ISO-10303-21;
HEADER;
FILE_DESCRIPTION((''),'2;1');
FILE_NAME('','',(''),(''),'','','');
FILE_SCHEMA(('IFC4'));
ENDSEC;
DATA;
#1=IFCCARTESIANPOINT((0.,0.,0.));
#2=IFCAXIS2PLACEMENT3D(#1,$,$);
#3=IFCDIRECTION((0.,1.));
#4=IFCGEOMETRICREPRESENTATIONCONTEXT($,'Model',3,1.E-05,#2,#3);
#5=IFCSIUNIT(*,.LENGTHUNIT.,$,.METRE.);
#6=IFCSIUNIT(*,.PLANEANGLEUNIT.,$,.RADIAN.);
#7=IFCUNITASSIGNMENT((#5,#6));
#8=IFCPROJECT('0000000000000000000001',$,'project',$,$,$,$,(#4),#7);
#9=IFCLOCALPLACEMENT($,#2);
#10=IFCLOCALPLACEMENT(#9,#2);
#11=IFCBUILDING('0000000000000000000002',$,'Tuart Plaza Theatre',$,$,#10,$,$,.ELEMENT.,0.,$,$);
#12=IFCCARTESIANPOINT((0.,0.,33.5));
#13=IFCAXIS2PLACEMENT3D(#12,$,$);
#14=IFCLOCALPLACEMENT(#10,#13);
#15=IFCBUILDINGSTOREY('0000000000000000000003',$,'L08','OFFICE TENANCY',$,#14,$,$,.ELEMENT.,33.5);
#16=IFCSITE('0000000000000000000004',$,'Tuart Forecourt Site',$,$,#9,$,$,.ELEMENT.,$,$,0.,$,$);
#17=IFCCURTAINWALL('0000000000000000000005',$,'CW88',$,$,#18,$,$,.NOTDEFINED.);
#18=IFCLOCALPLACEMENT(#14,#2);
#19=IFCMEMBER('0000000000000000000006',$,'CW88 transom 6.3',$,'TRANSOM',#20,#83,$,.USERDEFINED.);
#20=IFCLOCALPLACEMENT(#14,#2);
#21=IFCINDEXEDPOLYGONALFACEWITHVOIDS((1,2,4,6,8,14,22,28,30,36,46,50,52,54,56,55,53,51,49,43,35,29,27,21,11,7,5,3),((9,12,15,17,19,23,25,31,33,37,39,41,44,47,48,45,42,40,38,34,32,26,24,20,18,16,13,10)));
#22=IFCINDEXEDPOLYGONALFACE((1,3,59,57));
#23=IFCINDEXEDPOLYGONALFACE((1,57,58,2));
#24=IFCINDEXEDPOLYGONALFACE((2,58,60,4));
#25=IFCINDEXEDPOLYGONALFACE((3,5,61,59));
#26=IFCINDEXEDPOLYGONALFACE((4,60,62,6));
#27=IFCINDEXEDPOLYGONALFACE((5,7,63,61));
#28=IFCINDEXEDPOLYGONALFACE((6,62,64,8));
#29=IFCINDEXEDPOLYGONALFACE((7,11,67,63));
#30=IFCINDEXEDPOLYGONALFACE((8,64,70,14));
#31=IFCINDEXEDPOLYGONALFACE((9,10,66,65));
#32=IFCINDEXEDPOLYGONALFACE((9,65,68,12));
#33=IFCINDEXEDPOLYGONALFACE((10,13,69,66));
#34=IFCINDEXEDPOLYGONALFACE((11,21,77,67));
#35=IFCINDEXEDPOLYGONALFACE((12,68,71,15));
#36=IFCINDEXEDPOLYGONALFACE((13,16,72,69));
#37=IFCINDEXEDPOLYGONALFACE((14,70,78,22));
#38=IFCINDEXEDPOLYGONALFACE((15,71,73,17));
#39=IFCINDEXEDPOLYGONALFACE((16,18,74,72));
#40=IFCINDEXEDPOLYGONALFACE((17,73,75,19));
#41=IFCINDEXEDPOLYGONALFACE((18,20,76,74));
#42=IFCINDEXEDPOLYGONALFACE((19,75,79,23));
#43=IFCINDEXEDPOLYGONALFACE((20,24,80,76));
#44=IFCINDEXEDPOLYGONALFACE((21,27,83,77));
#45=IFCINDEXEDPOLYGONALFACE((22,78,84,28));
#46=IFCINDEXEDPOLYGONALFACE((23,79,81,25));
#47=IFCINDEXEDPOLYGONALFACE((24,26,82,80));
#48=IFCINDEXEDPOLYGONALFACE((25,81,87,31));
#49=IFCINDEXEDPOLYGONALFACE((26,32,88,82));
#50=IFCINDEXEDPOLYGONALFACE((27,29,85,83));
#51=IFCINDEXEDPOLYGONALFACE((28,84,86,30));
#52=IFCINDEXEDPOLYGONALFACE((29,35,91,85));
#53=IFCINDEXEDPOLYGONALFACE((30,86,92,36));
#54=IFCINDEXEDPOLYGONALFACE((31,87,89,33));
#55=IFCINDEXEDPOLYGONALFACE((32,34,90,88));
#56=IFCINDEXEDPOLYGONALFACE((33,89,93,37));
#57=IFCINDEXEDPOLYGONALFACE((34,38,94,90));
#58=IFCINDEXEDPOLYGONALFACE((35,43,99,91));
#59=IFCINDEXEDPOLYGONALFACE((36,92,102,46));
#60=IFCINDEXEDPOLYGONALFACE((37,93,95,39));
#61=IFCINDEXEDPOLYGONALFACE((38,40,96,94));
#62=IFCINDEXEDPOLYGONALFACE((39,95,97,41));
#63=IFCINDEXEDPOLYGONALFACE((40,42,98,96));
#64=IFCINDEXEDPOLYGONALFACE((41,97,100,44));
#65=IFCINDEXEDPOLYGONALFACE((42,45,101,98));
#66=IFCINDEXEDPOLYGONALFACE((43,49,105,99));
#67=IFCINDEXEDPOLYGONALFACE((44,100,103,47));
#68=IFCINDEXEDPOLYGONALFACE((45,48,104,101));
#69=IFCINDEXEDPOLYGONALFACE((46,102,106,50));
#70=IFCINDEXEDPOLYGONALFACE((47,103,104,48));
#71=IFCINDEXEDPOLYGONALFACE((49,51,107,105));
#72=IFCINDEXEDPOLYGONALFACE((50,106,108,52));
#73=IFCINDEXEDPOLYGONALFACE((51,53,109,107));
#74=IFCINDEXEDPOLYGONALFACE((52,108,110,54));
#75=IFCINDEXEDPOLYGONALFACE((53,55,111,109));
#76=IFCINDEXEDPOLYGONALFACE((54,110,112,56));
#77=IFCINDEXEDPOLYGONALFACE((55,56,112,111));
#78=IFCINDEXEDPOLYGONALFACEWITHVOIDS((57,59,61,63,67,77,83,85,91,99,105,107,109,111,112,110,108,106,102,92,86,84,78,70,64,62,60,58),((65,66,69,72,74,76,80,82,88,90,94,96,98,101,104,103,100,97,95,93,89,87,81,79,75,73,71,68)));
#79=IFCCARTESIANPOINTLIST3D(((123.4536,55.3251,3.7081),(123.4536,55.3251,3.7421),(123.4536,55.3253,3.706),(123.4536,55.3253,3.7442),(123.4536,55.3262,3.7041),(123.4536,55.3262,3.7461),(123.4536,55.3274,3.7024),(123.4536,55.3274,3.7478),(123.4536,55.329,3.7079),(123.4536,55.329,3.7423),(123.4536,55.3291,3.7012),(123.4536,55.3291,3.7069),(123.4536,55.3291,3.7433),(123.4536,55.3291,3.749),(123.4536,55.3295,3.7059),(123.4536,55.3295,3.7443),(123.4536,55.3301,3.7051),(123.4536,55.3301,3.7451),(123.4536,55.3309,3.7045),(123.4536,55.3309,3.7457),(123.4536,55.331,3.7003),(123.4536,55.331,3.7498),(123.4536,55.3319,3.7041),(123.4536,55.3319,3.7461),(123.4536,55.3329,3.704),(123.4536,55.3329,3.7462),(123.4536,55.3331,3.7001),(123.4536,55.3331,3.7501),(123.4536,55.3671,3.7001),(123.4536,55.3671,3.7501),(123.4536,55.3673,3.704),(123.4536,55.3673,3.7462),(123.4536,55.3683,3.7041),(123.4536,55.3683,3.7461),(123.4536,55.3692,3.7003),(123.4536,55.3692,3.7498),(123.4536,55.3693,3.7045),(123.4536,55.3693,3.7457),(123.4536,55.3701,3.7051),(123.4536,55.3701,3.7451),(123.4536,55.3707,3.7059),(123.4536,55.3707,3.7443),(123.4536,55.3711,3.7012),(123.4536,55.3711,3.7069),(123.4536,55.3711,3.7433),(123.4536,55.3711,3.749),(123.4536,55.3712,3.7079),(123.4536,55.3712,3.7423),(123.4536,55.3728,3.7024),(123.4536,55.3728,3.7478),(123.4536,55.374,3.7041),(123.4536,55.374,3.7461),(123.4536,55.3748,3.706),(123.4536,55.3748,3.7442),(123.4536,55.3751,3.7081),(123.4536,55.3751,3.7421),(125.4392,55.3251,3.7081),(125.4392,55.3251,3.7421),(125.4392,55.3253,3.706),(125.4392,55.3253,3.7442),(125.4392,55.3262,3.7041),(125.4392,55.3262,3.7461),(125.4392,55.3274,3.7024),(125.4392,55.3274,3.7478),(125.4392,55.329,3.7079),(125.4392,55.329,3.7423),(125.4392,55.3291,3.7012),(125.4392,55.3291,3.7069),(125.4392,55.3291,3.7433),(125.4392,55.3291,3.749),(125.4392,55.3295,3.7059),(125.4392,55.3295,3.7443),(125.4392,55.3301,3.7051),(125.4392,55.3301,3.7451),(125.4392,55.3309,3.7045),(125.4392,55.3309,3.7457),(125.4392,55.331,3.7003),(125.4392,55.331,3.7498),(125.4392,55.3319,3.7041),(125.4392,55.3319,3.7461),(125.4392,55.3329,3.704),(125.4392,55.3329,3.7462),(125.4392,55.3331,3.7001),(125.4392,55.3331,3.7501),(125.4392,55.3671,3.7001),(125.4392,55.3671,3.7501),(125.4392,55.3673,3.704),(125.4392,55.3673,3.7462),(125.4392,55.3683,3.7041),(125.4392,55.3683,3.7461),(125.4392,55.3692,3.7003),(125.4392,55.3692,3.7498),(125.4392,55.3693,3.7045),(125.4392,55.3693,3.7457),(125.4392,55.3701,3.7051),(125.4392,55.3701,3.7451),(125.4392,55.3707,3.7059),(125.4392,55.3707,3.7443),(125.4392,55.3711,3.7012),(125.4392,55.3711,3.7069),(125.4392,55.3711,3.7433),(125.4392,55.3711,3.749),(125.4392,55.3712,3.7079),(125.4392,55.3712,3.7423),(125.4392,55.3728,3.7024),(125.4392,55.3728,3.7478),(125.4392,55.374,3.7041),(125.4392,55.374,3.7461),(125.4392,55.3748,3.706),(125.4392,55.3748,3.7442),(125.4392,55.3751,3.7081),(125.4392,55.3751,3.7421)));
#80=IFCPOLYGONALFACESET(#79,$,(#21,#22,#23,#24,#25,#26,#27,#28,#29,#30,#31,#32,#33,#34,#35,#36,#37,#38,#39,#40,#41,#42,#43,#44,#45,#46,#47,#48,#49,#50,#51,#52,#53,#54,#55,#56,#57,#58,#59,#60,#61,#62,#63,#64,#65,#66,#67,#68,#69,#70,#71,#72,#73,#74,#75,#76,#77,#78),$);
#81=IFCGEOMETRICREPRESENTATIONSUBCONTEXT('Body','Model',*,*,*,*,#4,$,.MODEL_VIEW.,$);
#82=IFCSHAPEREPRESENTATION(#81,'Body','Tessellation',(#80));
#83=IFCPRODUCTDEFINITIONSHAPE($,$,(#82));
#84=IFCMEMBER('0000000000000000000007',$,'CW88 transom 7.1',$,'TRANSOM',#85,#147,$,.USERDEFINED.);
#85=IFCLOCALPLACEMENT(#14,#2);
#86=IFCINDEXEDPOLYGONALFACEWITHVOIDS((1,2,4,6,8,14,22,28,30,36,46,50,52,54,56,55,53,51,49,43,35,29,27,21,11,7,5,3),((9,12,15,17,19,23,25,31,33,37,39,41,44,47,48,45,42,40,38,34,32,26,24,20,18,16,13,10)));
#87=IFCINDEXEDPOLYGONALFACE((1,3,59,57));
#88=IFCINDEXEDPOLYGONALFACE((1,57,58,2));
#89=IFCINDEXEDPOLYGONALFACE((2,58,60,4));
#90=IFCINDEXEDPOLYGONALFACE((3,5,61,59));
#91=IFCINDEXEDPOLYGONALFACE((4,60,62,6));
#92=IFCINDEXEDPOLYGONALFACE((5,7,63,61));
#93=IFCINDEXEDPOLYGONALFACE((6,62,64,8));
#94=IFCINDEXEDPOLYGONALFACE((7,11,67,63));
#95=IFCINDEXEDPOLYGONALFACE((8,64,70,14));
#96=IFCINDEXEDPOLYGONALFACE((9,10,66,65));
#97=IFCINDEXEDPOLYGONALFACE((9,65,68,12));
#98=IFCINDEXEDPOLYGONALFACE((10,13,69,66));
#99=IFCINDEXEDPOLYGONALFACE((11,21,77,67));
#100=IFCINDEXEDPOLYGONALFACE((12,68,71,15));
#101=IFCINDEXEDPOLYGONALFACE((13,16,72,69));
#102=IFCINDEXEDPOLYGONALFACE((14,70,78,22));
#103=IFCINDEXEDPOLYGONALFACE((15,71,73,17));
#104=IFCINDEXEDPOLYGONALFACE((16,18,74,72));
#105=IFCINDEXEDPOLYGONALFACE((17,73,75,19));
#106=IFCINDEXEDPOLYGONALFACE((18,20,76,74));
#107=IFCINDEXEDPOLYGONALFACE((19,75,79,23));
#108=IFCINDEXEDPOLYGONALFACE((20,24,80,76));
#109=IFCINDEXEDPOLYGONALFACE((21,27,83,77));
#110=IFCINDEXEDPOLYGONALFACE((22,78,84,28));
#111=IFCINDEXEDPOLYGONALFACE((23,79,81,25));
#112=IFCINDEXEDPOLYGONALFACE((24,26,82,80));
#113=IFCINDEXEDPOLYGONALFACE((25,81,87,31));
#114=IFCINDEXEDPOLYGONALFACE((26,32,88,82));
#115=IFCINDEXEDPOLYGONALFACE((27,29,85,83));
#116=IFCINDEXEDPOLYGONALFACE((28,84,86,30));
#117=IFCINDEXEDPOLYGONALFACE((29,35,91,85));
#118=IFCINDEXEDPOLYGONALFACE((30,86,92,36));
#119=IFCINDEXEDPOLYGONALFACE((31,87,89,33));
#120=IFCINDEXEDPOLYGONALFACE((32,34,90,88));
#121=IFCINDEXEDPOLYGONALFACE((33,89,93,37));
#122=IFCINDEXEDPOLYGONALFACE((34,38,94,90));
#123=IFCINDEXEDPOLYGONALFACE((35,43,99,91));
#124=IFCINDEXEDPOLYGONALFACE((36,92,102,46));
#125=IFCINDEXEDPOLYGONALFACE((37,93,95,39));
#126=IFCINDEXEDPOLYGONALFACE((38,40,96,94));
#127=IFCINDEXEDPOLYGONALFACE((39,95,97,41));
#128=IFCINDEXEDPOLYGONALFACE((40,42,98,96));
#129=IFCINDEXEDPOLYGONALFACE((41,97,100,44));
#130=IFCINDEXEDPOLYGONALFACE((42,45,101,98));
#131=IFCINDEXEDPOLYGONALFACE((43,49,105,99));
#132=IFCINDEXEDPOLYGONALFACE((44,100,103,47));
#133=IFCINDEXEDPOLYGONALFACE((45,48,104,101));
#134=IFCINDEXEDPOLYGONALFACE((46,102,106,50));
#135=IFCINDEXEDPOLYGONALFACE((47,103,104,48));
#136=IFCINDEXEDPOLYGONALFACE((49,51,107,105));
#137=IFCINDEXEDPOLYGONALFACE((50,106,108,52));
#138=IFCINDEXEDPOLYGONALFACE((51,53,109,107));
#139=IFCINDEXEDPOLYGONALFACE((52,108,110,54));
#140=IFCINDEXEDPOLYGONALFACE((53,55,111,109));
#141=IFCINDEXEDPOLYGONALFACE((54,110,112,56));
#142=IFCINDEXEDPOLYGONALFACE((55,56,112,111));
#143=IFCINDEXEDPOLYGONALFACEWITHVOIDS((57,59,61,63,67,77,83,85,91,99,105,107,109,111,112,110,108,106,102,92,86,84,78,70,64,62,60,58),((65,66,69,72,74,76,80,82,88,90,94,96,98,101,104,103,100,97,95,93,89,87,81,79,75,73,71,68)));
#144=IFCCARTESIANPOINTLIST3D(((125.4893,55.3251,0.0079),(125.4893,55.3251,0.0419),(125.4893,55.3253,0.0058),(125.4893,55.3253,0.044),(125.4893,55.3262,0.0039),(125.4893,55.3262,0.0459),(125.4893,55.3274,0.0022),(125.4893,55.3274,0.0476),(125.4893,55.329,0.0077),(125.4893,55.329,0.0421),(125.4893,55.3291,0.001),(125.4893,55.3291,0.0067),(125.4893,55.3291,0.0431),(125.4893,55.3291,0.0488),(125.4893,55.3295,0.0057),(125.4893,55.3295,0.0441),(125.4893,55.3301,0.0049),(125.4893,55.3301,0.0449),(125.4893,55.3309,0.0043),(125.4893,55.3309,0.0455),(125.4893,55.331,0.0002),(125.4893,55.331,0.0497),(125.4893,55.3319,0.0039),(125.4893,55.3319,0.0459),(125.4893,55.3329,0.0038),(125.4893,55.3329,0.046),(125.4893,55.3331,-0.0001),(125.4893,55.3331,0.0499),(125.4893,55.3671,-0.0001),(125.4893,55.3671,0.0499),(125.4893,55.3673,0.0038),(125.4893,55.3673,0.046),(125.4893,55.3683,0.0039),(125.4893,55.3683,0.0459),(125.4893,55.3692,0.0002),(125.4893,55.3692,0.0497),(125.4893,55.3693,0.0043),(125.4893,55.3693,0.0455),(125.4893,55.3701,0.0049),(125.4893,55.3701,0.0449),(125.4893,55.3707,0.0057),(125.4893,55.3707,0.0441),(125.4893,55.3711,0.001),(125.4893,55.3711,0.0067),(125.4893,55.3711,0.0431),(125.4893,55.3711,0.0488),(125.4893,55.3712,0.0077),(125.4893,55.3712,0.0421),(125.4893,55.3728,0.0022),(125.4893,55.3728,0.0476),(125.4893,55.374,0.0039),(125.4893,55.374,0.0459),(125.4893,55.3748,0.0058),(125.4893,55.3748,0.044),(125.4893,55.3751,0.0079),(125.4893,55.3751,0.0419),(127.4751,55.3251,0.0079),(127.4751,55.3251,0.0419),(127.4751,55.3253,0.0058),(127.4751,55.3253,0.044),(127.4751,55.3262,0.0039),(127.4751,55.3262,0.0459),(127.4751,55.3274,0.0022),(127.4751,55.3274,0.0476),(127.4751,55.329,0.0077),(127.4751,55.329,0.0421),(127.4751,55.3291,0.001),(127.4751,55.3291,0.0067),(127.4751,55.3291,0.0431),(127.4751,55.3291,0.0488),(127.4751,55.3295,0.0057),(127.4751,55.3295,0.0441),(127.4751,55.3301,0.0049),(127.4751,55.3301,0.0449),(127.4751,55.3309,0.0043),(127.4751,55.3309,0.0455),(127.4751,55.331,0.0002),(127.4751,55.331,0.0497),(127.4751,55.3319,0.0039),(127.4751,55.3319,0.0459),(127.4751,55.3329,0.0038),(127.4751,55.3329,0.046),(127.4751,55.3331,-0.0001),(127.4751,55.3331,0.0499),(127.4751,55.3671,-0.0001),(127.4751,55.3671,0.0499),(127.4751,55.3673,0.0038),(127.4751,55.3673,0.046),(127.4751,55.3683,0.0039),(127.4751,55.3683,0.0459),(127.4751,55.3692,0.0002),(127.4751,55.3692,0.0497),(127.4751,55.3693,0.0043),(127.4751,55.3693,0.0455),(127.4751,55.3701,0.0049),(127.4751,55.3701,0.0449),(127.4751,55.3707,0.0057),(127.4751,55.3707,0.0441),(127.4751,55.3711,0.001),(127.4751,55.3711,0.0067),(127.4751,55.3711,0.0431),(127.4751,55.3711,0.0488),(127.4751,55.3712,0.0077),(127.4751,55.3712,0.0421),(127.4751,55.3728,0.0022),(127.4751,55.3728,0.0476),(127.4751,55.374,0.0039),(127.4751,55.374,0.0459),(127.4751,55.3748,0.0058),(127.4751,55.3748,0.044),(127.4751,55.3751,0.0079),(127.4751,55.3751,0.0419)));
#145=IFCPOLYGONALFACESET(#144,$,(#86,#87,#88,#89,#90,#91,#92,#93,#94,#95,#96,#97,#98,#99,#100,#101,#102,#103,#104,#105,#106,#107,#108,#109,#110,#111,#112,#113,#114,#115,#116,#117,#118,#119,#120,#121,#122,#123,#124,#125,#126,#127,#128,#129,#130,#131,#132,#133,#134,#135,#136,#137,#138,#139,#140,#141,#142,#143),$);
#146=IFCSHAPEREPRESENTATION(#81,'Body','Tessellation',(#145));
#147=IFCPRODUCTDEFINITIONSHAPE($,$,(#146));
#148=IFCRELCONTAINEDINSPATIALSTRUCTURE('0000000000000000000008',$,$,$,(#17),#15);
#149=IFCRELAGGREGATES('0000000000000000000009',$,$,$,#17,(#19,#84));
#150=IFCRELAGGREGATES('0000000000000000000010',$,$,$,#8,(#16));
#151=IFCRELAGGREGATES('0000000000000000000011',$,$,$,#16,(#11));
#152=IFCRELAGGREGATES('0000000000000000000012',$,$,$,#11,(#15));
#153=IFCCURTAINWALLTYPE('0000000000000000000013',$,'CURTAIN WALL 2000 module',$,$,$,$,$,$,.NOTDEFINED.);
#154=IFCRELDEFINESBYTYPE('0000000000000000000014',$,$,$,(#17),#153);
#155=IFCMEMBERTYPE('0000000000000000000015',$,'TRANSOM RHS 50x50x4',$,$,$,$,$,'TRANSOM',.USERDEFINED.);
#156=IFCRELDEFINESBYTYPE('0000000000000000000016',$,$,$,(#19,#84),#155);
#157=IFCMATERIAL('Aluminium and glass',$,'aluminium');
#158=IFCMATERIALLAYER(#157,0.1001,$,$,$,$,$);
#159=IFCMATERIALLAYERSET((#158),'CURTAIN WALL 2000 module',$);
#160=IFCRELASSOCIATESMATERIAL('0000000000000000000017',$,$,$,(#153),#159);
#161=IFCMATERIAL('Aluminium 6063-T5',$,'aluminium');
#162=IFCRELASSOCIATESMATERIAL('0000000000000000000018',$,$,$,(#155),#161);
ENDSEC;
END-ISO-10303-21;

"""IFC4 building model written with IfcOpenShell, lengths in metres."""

from ifc_helpers import new_model, si_unit, direction, frame, origin, origin_2d, place, context, subcontext, project, spatial, hollow_rectangle, extrude, material, layer, layer_set, material_profile, profile_set, type_object, element, aggregate, save


model = new_model("IFC4")

# Units and contexts
model_context = context("Model", 3, precision=1e-05, world=origin(), true_north=direction((0.0, 1.0)))
body_context = subcontext(model_context, "Body", "Model", "MODEL_VIEW")
ifc_project = project(units=[si_unit("LENGTHUNIT", "METRE"), si_unit("PLANEANGLEUNIT", "RADIAN")], contexts=[model_context])

# Site, building, storey
site_placement = place(None, origin())
site = spatial("IfcSite", under=ifc_project, at=site_placement, Name="Tuart Forecourt Site", CompositionType="ELEMENT", RefElevation=0.0)
building_placement = place(site_placement, origin())
building = spatial("IfcBuilding", under=site, at=building_placement, Name="Tuart Plaza Theatre", CompositionType="ELEMENT", ElevationOfRefHeight=0.0)
storey_placement = place(building_placement, frame((0.0, 0.0, 33.5)))
storey = spatial("IfcBuildingStorey", under=building, at=storey_placement, Name="L08", Description="OFFICE TENANCY", CompositionType="ELEMENT", Elevation=33.5)

# Curtain wall, members
ifc_material_1 = material(Name="Aluminium and glass", Category="aluminium")
ifc_layer_1 = layer(ifc_material_1, 0.1001)
ifc_layer_set_1 = layer_set([ifc_layer_1], Name="CURTAIN WALL 2000 module")
curtain_wall_type = type_object("IfcCurtainWallType", Name="CURTAIN WALL 2000 module", PredefinedType="NOTDEFINED", material=ifc_layer_set_1)
curtain_wall_placement = place(storey_placement, origin())
curtain_wall = element("IfcCurtainWall", 1, at=curtain_wall_placement, inside=storey, type_object=curtain_wall_type, Name="CW88", PredefinedType="NOTDEFINED")
ifc_material_2 = material(Name="Aluminium 6063-T5", Category="aluminium")
ifc_material_profile_1 = material_profile(ifc_material_2, hollow_rectangle(XDim=0.05, YDim=0.05, WallThickness=0.0039, InnerFilletRadius=0.0039, OuterFilletRadius=0.0081, at=origin_2d()), Name="RHS 50x50x4")
ifc_profile_set_1 = profile_set([ifc_material_profile_1], Name="Aluminium 6063-T5")
member_type_1 = type_object("IfcMemberType", Name="TRANSOM RHS 50x50x4", ElementType="TRANSOM", PredefinedType="USERDEFINED", material=ifc_profile_set_1)
member_1_placement = place(storey_placement, frame((123.4536, 55.3501, 3.7251), z_axis=(1.0, 0.0, 0.0), x_axis=(0.0, 1.0, 0.0)))
member_1 = element("IfcMember", 2, at=member_1_placement, type_object=member_type_1, Name="CW88 transom 6.3", ObjectType="TRANSOM", PredefinedType="USERDEFINED", context=body_context, shape_type="SweptSolid", body=[
    extrude(hollow_rectangle(XDim=0.05, YDim=0.05, WallThickness=0.0039, InnerFilletRadius=0.0039, OuterFilletRadius=0.0081, at=origin_2d()), origin(), (0.0, 0.0, 1.0), 1.9856),
])
member_2_placement = place(storey_placement, frame((125.4893, 55.3501, 0.0249), z_axis=(1.0, 0.0, 0.0), x_axis=(0.0, 1.0, 0.0)))
member_2 = element("IfcMember", 3, at=member_2_placement, type_object=member_type_1, Name="CW88 transom 7.1", ObjectType="TRANSOM", PredefinedType="USERDEFINED", context=body_context, shape_type="SweptSolid", body=[
    extrude(hollow_rectangle(XDim=0.05, YDim=0.05, WallThickness=0.0039, InnerFilletRadius=0.0039, OuterFilletRadius=0.0081, at=origin_2d()), origin(), (0.0, 0.0, 1.0), 1.9858),
])
aggregate(curtain_wall, [member_1, member_2])

save(model, "model.ifc")
